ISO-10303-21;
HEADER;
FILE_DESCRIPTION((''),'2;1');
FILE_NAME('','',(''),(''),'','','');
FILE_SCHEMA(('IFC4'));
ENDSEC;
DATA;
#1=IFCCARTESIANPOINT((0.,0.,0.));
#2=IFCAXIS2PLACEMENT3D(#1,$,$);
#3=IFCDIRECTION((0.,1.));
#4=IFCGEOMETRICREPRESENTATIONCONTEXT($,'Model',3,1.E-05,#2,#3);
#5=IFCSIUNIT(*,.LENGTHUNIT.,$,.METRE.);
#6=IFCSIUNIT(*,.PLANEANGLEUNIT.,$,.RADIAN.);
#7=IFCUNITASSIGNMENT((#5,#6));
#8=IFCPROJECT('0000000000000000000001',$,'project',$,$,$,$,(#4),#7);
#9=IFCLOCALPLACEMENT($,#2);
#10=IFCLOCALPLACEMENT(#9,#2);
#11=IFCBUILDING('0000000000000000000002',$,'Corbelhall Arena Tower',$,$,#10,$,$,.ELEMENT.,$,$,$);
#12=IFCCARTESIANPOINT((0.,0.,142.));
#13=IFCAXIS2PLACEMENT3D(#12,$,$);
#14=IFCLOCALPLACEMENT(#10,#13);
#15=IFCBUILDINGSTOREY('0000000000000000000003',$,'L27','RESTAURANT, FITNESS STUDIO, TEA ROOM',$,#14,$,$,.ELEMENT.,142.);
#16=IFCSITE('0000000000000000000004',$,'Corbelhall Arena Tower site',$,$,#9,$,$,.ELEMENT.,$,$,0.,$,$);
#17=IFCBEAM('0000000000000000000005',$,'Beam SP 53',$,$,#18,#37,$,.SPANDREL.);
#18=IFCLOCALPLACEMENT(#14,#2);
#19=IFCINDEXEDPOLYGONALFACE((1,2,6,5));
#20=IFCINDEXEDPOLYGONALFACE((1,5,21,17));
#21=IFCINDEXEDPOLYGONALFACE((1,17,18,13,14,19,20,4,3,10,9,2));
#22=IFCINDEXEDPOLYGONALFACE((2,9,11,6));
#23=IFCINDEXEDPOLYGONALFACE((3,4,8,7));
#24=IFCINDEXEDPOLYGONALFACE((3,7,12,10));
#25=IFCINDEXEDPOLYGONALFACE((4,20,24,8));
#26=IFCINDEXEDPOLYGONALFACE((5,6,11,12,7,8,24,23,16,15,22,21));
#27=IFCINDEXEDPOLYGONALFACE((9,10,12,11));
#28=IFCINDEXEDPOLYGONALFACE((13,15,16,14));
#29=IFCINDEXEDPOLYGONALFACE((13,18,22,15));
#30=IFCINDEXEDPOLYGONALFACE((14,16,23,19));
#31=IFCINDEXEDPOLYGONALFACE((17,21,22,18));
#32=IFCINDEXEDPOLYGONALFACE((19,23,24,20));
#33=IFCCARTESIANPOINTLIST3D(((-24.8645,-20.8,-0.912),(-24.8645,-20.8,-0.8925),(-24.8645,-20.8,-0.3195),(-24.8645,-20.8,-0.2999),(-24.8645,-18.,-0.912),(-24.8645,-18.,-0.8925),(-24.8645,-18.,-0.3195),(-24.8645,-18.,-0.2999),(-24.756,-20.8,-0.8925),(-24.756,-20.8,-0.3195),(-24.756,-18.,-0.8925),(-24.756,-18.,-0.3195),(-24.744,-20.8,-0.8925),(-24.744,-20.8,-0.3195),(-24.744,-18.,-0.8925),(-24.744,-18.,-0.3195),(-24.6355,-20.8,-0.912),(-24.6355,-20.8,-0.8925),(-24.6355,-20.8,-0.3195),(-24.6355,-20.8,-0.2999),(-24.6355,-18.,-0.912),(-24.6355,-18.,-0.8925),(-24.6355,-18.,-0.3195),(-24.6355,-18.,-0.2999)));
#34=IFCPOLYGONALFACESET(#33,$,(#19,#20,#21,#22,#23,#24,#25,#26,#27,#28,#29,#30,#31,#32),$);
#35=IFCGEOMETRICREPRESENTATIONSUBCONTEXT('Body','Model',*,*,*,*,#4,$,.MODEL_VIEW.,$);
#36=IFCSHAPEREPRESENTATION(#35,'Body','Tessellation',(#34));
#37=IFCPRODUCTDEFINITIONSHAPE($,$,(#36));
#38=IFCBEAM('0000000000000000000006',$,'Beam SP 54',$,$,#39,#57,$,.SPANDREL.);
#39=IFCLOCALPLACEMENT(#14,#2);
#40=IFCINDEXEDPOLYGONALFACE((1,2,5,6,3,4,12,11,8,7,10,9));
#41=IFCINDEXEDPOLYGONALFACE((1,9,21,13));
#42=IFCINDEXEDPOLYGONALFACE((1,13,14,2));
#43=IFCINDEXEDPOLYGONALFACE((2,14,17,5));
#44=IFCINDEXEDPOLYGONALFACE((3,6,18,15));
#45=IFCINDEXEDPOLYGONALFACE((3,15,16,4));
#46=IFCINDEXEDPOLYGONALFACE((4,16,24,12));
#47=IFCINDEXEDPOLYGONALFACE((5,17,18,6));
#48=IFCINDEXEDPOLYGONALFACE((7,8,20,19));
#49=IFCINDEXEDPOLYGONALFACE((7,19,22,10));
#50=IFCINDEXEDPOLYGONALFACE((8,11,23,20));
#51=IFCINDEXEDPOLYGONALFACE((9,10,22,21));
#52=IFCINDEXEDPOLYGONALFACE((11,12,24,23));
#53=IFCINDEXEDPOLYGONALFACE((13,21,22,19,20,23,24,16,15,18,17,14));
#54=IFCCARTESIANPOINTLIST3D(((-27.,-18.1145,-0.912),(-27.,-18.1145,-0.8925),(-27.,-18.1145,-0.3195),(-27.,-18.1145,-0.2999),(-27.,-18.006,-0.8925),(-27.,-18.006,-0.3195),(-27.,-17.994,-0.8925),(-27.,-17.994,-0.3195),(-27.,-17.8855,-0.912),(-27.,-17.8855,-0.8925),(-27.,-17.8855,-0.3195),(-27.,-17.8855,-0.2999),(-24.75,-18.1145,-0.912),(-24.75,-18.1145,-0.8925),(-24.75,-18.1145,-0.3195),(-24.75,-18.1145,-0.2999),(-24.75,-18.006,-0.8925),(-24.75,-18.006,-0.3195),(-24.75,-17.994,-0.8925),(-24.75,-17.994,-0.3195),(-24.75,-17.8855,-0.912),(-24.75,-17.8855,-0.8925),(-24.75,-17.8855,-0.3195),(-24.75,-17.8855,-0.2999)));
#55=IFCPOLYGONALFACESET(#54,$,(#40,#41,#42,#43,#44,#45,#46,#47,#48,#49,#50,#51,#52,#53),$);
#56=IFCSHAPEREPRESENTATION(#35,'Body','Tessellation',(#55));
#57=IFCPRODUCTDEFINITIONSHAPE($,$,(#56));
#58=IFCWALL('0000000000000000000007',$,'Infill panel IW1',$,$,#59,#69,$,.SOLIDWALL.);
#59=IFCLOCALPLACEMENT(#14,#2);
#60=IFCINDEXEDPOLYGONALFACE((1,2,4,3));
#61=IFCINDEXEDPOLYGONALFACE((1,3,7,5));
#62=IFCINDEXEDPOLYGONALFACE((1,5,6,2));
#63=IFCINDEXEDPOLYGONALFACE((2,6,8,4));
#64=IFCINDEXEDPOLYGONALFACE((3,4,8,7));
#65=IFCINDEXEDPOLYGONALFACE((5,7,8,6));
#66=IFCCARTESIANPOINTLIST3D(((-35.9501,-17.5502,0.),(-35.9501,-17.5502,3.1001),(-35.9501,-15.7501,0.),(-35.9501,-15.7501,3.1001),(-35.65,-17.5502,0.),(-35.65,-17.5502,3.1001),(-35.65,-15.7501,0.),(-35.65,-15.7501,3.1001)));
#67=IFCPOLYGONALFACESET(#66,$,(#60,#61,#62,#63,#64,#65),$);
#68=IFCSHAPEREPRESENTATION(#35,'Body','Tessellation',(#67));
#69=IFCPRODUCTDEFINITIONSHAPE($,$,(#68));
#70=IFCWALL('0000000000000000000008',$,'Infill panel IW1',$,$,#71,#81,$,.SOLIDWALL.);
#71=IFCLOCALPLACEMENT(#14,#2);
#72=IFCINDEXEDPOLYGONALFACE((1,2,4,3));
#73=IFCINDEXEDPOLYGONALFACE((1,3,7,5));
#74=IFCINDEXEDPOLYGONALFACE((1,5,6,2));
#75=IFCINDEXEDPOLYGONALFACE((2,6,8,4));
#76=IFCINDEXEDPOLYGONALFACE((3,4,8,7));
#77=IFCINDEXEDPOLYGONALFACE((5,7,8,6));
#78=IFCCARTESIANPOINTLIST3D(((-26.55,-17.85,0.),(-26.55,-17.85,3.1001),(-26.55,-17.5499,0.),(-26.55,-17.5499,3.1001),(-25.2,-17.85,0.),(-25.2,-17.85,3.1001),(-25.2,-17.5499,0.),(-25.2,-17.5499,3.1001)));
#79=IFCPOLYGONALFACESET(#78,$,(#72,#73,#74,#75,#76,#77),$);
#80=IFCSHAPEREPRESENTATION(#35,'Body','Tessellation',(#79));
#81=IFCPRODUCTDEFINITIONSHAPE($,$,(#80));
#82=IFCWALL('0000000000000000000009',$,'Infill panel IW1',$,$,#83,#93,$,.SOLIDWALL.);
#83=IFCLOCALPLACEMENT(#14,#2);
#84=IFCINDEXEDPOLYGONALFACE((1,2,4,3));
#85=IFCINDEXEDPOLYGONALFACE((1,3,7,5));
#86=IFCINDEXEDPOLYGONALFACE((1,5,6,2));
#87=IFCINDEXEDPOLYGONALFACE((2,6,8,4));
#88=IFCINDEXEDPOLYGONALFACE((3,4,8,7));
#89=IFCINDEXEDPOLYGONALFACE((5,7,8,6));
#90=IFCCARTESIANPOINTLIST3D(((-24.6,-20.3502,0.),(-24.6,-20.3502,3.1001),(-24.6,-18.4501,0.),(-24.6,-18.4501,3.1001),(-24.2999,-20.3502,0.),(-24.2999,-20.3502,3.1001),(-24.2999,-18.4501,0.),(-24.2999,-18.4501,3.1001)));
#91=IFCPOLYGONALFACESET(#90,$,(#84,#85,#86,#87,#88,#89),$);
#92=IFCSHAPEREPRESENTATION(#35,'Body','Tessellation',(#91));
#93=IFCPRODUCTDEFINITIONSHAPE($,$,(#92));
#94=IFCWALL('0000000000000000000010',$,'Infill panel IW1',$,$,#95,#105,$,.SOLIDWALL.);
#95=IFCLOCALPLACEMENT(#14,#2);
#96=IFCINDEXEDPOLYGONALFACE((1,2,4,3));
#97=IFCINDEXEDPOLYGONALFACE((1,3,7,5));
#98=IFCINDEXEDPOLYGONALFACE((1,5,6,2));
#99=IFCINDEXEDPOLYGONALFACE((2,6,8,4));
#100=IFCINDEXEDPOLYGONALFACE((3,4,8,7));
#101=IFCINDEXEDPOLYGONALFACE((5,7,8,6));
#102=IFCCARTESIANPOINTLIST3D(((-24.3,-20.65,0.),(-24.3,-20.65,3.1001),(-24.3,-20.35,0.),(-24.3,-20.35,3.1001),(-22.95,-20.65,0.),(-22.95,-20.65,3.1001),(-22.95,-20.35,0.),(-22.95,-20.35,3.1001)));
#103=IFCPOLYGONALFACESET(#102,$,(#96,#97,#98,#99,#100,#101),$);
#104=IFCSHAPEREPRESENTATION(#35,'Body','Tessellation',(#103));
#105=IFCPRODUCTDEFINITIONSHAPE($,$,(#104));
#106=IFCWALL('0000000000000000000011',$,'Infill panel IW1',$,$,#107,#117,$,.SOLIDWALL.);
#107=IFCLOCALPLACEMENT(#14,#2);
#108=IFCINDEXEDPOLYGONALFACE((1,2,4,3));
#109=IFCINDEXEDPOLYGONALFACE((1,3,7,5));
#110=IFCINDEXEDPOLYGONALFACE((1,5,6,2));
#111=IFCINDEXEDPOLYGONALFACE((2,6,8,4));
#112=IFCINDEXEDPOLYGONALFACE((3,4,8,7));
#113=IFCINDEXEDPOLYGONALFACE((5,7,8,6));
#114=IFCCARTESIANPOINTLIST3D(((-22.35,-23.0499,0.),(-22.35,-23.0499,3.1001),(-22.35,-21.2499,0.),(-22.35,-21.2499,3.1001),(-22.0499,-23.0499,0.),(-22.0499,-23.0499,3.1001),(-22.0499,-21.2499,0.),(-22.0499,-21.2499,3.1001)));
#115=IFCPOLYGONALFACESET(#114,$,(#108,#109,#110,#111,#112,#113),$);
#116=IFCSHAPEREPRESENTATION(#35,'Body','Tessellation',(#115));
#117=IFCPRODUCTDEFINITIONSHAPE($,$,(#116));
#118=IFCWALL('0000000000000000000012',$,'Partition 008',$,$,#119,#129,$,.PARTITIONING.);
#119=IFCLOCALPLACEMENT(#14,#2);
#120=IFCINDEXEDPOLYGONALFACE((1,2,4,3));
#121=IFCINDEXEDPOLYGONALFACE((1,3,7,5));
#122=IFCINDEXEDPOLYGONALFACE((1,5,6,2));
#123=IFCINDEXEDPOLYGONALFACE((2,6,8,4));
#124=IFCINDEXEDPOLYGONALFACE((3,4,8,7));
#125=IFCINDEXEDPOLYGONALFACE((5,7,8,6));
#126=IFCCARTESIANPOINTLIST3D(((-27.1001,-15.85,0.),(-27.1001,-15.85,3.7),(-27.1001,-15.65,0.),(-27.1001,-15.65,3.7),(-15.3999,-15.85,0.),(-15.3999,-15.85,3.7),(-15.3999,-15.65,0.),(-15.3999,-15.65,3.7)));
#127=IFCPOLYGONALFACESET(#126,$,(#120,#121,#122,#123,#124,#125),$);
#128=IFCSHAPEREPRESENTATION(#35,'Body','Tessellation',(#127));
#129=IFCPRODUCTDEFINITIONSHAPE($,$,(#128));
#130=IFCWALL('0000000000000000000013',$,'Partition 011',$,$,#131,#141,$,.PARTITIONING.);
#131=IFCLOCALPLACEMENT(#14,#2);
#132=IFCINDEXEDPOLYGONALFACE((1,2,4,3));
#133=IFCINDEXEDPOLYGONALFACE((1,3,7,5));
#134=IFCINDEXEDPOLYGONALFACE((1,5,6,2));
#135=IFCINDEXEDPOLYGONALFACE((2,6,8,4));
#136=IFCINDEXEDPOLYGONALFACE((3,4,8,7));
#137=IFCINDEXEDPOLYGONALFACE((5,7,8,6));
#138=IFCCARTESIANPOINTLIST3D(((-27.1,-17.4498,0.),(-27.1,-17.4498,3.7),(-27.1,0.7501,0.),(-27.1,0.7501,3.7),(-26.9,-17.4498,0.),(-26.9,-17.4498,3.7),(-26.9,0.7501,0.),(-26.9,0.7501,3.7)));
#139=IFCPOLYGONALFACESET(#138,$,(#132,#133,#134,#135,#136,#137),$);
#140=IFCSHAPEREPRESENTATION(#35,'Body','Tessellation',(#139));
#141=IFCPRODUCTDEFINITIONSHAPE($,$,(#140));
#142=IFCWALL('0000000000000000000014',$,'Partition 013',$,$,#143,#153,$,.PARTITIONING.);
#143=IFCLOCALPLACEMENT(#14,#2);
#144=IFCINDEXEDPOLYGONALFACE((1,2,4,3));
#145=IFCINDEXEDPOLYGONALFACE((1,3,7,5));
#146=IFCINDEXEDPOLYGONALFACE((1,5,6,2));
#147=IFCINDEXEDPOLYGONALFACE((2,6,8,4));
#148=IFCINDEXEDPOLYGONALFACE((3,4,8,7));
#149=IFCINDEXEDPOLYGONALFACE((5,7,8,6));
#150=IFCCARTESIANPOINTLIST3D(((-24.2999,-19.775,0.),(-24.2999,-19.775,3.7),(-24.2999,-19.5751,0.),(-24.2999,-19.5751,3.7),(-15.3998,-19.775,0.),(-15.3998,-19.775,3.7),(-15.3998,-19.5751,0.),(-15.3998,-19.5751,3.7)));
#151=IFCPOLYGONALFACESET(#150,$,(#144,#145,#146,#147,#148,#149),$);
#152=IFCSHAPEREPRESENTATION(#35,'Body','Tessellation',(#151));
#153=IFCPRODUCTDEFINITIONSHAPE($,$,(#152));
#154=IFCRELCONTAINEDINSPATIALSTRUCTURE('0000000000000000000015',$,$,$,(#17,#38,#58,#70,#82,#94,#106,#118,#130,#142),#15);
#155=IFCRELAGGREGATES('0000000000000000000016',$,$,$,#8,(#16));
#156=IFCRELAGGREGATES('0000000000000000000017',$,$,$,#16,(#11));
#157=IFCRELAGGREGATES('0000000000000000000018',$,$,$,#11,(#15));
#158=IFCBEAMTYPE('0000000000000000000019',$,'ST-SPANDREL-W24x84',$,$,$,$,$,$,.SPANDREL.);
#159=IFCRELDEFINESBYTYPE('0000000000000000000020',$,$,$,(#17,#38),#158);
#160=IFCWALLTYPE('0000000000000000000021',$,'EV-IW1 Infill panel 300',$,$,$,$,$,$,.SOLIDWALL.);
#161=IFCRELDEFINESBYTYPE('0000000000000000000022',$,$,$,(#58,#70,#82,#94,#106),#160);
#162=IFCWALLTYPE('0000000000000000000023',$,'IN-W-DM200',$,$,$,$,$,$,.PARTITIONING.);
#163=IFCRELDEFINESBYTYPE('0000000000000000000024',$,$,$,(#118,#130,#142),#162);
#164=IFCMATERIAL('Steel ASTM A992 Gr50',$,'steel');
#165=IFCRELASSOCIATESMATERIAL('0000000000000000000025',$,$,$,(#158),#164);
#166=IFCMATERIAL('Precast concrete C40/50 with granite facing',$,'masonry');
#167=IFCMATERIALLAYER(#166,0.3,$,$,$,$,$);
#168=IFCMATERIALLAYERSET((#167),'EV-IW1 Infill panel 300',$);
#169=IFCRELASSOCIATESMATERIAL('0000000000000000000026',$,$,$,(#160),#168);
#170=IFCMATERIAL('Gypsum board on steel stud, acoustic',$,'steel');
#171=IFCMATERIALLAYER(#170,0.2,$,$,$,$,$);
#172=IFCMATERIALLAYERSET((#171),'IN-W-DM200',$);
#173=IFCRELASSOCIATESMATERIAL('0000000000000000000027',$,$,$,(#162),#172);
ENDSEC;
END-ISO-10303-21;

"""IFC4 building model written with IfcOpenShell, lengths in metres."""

from ifc_helpers import new_model, si_unit, direction, frame, frame_2d, origin, origin_2d, place, context, subcontext, project, spatial, rectangle, i_section, extrude, material, layer, layer_set, material_profile, profile_set, type_object, element, save


model = new_model("IFC4")

# Units and contexts
model_context = context("Model", 3, precision=1e-05, world=origin(), true_north=direction((0.0, 1.0)))
body_context = subcontext(model_context, "Body", "Model", "MODEL_VIEW")
ifc_project = project(units=[si_unit("LENGTHUNIT", "METRE"), si_unit("PLANEANGLEUNIT", "RADIAN")], contexts=[model_context])

# Site, building, storey
site_placement = place(None, origin())
site = spatial("IfcSite", under=ifc_project, at=site_placement, Name="Corbelhall Arena Tower site", CompositionType="ELEMENT", RefElevation=0.0)
building_placement = place(site_placement, origin())
building = spatial("IfcBuilding", under=site, at=building_placement, Name="Corbelhall Arena Tower", CompositionType="ELEMENT")
storey_placement = place(building_placement, frame((0.0, 0.0, 142.0)))
storey = spatial("IfcBuildingStorey", under=building, at=storey_placement, Name="L27", Description="RESTAURANT, FITNESS STUDIO, TEA ROOM", CompositionType="ELEMENT", Elevation=142.0)

# Beams
ifc_material_1 = material(Name="Steel ASTM A992 Gr50", Category="steel")
ifc_material_profile_1 = material_profile(ifc_material_1, i_section(OverallWidth=0.229, OverallDepth=0.6121, WebThickness=0.012, FlangeThickness=0.0195, at=origin_2d()))
ifc_profile_set_1 = profile_set([ifc_material_profile_1], Name="Steel ASTM A992 Gr50")
beam_type = type_object("IfcBeamType", Name="ST-SPANDREL-W24x84", PredefinedType="SPANDREL", material=ifc_profile_set_1)
beam_1_placement = place(storey_placement, frame((-24.75, -20.8, -0.606), z_axis=(0.0, 1.0, 0.0), x_axis=(-1.0, 0.0, 0.0)))
element("IfcBeam", 1, at=beam_1_placement, inside=storey, type_object=beam_type, Name="Beam SP 53", PredefinedType="SPANDREL", context=body_context, shape_type="SweptSolid", body=[
    extrude(i_section(OverallWidth=0.229, OverallDepth=0.6121, WebThickness=0.012, FlangeThickness=0.0195, at=origin_2d()), origin(), (0.0, 0.0, 1.0), 2.8),
])
beam_2_placement = place(storey_placement, frame((-24.75, -18.0, -0.606), z_axis=(-1.0, 0.0, 0.0), x_axis=(0.0, -1.0, 0.0)))
element("IfcBeam", 2, at=beam_2_placement, inside=storey, type_object=beam_type, Name="Beam SP 54", PredefinedType="SPANDREL", context=body_context, shape_type="SweptSolid", body=[
    extrude(i_section(OverallWidth=0.229, OverallDepth=0.6121, WebThickness=0.012, FlangeThickness=0.0195, at=origin_2d()), origin(), (0.0, 0.0, 1.0), 2.25),
])

# Wall
ifc_material_2 = material(Name="Precast concrete C40/50 with granite facing", Category="masonry")
ifc_layer_1 = layer(ifc_material_2, 0.3)
ifc_layer_set_1 = layer_set([ifc_layer_1], Name="EV-IW1 Infill panel 300")
wall_type_1 = type_object("IfcWallType", Name="EV-IW1 Infill panel 300", PredefinedType="SOLIDWALL", material=ifc_layer_set_1)
wall_1_placement = place(storey_placement, frame((-35.8, -17.55, 0.0), z_axis=(0.0, 0.0, 1.0), x_axis=(0.0, 1.0, 0.0)))
element("IfcWall", 3, at=wall_1_placement, inside=storey, type_object=wall_type_1, Name="Infill panel IW1", PredefinedType="SOLIDWALL", context=body_context, shape_type="SweptSolid", body=[
    extrude(rectangle(XDim=1.8, YDim=0.3, at=frame_2d((0.8999, 0.0))), origin(), (0.0, 0.0, 1.0), 3.1001),
])

# Walls
wall_2_placement = place(storey_placement, frame((-26.55, -17.7, 0.0), z_axis=(0.0, 0.0, 1.0), x_axis=(1.0, 0.0, 0.0)))
element("IfcWall", 4, at=wall_2_placement, inside=storey, type_object=wall_type_1, Name="Infill panel IW1", PredefinedType="SOLIDWALL", context=body_context, shape_type="SweptSolid", body=[
    extrude(rectangle(XDim=1.3501, YDim=0.3, at=frame_2d((0.675, 0.0))), origin(), (0.0, 0.0, 1.0), 3.1001),
])
wall_3_placement = place(storey_placement, frame((-24.45, -18.45, 0.0), z_axis=(0.0, 0.0, 1.0), x_axis=(0.0, -1.0, 0.0)))
element("IfcWall", 5, at=wall_3_placement, inside=storey, type_object=wall_type_1, Name="Infill panel IW1", PredefinedType="SOLIDWALL", context=body_context, shape_type="SweptSolid", body=[
    extrude(rectangle(XDim=1.9001, YDim=0.3, at=frame_2d((0.9502, 0.0))), origin(), (0.0, 0.0, 1.0), 3.1001),
])
wall_4_placement = place(storey_placement, frame((-24.3, -20.5, 0.0), z_axis=(0.0, 0.0, 1.0), x_axis=(1.0, 0.0, 0.0)))
element("IfcWall", 6, at=wall_4_placement, inside=storey, type_object=wall_type_1, Name="Infill panel IW1", PredefinedType="SOLIDWALL", context=body_context, shape_type="SweptSolid", body=[
    extrude(rectangle(XDim=1.3501, YDim=0.3, at=frame_2d((0.675, 0.0))), origin(), (0.0, 0.0, 1.0), 3.1001),
])
wall_5_placement = place(storey_placement, frame((-22.2, -21.25, 0.0), z_axis=(0.0, 0.0, 1.0), x_axis=(0.0, -1.0, 0.0)))
element("IfcWall", 7, at=wall_5_placement, inside=storey, type_object=wall_type_1, Name="Infill panel IW1", PredefinedType="SOLIDWALL", context=body_context, shape_type="SweptSolid", body=[
    extrude(rectangle(XDim=1.8, YDim=0.3, at=frame_2d((0.8999, 0.0))), origin(), (0.0, 0.0, 1.0), 3.1001),
])

# Walls
ifc_material_3 = material(Name="Gypsum board on steel stud, acoustic", Category="steel")
ifc_layer_2 = layer(ifc_material_3, 0.2)
ifc_layer_set_2 = layer_set([ifc_layer_2], Name="IN-W-DM200")
wall_type_2 = type_object("IfcWallType", Name="IN-W-DM200", PredefinedType="PARTITIONING", material=ifc_layer_set_2)
wall_6_placement = place(storey_placement, frame((-27.1001, -15.75, 0.0), z_axis=(0.0, 0.0, 1.0), x_axis=(1.0, 0.0, 0.0)))
element("IfcWall", 8, at=wall_6_placement, inside=storey, type_object=wall_type_2, Name="Partition 008", PredefinedType="PARTITIONING", context=body_context, shape_type="SweptSolid", body=[
    extrude(rectangle(XDim=11.7002, YDim=0.2, at=frame_2d((5.8501, 0.0))), origin(), (0.0, 0.0, 1.0), 3.7),
])
wall_7_placement = place(storey_placement, frame((-27.0, -17.45, 0.0), z_axis=(0.0, 0.0, 1.0), x_axis=(0.0, 1.0, 0.0)))
element("IfcWall", 9, at=wall_7_placement, inside=storey, type_object=wall_type_2, Name="Partition 011", PredefinedType="PARTITIONING", context=body_context, shape_type="SweptSolid", body=[
    extrude(rectangle(XDim=18.2, YDim=0.2, at=frame_2d((9.1001, 0.0))), origin(), (0.0, 0.0, 1.0), 3.7),
])
wall_8_placement = place(storey_placement, frame((-24.3, -19.675, 0.0), z_axis=(0.0, 0.0, 1.0), x_axis=(1.0, 0.0, 0.0)))
element("IfcWall", 10, at=wall_8_placement, inside=storey, type_object=wall_type_2, Name="Partition 013", PredefinedType="PARTITIONING", context=body_context, shape_type="SweptSolid", body=[
    extrude(rectangle(XDim=8.9001, YDim=0.2, at=frame_2d((4.4502, 0.0))), origin(), (0.0, 0.0, 1.0), 3.7),
])

save(model, "model.ifc")
